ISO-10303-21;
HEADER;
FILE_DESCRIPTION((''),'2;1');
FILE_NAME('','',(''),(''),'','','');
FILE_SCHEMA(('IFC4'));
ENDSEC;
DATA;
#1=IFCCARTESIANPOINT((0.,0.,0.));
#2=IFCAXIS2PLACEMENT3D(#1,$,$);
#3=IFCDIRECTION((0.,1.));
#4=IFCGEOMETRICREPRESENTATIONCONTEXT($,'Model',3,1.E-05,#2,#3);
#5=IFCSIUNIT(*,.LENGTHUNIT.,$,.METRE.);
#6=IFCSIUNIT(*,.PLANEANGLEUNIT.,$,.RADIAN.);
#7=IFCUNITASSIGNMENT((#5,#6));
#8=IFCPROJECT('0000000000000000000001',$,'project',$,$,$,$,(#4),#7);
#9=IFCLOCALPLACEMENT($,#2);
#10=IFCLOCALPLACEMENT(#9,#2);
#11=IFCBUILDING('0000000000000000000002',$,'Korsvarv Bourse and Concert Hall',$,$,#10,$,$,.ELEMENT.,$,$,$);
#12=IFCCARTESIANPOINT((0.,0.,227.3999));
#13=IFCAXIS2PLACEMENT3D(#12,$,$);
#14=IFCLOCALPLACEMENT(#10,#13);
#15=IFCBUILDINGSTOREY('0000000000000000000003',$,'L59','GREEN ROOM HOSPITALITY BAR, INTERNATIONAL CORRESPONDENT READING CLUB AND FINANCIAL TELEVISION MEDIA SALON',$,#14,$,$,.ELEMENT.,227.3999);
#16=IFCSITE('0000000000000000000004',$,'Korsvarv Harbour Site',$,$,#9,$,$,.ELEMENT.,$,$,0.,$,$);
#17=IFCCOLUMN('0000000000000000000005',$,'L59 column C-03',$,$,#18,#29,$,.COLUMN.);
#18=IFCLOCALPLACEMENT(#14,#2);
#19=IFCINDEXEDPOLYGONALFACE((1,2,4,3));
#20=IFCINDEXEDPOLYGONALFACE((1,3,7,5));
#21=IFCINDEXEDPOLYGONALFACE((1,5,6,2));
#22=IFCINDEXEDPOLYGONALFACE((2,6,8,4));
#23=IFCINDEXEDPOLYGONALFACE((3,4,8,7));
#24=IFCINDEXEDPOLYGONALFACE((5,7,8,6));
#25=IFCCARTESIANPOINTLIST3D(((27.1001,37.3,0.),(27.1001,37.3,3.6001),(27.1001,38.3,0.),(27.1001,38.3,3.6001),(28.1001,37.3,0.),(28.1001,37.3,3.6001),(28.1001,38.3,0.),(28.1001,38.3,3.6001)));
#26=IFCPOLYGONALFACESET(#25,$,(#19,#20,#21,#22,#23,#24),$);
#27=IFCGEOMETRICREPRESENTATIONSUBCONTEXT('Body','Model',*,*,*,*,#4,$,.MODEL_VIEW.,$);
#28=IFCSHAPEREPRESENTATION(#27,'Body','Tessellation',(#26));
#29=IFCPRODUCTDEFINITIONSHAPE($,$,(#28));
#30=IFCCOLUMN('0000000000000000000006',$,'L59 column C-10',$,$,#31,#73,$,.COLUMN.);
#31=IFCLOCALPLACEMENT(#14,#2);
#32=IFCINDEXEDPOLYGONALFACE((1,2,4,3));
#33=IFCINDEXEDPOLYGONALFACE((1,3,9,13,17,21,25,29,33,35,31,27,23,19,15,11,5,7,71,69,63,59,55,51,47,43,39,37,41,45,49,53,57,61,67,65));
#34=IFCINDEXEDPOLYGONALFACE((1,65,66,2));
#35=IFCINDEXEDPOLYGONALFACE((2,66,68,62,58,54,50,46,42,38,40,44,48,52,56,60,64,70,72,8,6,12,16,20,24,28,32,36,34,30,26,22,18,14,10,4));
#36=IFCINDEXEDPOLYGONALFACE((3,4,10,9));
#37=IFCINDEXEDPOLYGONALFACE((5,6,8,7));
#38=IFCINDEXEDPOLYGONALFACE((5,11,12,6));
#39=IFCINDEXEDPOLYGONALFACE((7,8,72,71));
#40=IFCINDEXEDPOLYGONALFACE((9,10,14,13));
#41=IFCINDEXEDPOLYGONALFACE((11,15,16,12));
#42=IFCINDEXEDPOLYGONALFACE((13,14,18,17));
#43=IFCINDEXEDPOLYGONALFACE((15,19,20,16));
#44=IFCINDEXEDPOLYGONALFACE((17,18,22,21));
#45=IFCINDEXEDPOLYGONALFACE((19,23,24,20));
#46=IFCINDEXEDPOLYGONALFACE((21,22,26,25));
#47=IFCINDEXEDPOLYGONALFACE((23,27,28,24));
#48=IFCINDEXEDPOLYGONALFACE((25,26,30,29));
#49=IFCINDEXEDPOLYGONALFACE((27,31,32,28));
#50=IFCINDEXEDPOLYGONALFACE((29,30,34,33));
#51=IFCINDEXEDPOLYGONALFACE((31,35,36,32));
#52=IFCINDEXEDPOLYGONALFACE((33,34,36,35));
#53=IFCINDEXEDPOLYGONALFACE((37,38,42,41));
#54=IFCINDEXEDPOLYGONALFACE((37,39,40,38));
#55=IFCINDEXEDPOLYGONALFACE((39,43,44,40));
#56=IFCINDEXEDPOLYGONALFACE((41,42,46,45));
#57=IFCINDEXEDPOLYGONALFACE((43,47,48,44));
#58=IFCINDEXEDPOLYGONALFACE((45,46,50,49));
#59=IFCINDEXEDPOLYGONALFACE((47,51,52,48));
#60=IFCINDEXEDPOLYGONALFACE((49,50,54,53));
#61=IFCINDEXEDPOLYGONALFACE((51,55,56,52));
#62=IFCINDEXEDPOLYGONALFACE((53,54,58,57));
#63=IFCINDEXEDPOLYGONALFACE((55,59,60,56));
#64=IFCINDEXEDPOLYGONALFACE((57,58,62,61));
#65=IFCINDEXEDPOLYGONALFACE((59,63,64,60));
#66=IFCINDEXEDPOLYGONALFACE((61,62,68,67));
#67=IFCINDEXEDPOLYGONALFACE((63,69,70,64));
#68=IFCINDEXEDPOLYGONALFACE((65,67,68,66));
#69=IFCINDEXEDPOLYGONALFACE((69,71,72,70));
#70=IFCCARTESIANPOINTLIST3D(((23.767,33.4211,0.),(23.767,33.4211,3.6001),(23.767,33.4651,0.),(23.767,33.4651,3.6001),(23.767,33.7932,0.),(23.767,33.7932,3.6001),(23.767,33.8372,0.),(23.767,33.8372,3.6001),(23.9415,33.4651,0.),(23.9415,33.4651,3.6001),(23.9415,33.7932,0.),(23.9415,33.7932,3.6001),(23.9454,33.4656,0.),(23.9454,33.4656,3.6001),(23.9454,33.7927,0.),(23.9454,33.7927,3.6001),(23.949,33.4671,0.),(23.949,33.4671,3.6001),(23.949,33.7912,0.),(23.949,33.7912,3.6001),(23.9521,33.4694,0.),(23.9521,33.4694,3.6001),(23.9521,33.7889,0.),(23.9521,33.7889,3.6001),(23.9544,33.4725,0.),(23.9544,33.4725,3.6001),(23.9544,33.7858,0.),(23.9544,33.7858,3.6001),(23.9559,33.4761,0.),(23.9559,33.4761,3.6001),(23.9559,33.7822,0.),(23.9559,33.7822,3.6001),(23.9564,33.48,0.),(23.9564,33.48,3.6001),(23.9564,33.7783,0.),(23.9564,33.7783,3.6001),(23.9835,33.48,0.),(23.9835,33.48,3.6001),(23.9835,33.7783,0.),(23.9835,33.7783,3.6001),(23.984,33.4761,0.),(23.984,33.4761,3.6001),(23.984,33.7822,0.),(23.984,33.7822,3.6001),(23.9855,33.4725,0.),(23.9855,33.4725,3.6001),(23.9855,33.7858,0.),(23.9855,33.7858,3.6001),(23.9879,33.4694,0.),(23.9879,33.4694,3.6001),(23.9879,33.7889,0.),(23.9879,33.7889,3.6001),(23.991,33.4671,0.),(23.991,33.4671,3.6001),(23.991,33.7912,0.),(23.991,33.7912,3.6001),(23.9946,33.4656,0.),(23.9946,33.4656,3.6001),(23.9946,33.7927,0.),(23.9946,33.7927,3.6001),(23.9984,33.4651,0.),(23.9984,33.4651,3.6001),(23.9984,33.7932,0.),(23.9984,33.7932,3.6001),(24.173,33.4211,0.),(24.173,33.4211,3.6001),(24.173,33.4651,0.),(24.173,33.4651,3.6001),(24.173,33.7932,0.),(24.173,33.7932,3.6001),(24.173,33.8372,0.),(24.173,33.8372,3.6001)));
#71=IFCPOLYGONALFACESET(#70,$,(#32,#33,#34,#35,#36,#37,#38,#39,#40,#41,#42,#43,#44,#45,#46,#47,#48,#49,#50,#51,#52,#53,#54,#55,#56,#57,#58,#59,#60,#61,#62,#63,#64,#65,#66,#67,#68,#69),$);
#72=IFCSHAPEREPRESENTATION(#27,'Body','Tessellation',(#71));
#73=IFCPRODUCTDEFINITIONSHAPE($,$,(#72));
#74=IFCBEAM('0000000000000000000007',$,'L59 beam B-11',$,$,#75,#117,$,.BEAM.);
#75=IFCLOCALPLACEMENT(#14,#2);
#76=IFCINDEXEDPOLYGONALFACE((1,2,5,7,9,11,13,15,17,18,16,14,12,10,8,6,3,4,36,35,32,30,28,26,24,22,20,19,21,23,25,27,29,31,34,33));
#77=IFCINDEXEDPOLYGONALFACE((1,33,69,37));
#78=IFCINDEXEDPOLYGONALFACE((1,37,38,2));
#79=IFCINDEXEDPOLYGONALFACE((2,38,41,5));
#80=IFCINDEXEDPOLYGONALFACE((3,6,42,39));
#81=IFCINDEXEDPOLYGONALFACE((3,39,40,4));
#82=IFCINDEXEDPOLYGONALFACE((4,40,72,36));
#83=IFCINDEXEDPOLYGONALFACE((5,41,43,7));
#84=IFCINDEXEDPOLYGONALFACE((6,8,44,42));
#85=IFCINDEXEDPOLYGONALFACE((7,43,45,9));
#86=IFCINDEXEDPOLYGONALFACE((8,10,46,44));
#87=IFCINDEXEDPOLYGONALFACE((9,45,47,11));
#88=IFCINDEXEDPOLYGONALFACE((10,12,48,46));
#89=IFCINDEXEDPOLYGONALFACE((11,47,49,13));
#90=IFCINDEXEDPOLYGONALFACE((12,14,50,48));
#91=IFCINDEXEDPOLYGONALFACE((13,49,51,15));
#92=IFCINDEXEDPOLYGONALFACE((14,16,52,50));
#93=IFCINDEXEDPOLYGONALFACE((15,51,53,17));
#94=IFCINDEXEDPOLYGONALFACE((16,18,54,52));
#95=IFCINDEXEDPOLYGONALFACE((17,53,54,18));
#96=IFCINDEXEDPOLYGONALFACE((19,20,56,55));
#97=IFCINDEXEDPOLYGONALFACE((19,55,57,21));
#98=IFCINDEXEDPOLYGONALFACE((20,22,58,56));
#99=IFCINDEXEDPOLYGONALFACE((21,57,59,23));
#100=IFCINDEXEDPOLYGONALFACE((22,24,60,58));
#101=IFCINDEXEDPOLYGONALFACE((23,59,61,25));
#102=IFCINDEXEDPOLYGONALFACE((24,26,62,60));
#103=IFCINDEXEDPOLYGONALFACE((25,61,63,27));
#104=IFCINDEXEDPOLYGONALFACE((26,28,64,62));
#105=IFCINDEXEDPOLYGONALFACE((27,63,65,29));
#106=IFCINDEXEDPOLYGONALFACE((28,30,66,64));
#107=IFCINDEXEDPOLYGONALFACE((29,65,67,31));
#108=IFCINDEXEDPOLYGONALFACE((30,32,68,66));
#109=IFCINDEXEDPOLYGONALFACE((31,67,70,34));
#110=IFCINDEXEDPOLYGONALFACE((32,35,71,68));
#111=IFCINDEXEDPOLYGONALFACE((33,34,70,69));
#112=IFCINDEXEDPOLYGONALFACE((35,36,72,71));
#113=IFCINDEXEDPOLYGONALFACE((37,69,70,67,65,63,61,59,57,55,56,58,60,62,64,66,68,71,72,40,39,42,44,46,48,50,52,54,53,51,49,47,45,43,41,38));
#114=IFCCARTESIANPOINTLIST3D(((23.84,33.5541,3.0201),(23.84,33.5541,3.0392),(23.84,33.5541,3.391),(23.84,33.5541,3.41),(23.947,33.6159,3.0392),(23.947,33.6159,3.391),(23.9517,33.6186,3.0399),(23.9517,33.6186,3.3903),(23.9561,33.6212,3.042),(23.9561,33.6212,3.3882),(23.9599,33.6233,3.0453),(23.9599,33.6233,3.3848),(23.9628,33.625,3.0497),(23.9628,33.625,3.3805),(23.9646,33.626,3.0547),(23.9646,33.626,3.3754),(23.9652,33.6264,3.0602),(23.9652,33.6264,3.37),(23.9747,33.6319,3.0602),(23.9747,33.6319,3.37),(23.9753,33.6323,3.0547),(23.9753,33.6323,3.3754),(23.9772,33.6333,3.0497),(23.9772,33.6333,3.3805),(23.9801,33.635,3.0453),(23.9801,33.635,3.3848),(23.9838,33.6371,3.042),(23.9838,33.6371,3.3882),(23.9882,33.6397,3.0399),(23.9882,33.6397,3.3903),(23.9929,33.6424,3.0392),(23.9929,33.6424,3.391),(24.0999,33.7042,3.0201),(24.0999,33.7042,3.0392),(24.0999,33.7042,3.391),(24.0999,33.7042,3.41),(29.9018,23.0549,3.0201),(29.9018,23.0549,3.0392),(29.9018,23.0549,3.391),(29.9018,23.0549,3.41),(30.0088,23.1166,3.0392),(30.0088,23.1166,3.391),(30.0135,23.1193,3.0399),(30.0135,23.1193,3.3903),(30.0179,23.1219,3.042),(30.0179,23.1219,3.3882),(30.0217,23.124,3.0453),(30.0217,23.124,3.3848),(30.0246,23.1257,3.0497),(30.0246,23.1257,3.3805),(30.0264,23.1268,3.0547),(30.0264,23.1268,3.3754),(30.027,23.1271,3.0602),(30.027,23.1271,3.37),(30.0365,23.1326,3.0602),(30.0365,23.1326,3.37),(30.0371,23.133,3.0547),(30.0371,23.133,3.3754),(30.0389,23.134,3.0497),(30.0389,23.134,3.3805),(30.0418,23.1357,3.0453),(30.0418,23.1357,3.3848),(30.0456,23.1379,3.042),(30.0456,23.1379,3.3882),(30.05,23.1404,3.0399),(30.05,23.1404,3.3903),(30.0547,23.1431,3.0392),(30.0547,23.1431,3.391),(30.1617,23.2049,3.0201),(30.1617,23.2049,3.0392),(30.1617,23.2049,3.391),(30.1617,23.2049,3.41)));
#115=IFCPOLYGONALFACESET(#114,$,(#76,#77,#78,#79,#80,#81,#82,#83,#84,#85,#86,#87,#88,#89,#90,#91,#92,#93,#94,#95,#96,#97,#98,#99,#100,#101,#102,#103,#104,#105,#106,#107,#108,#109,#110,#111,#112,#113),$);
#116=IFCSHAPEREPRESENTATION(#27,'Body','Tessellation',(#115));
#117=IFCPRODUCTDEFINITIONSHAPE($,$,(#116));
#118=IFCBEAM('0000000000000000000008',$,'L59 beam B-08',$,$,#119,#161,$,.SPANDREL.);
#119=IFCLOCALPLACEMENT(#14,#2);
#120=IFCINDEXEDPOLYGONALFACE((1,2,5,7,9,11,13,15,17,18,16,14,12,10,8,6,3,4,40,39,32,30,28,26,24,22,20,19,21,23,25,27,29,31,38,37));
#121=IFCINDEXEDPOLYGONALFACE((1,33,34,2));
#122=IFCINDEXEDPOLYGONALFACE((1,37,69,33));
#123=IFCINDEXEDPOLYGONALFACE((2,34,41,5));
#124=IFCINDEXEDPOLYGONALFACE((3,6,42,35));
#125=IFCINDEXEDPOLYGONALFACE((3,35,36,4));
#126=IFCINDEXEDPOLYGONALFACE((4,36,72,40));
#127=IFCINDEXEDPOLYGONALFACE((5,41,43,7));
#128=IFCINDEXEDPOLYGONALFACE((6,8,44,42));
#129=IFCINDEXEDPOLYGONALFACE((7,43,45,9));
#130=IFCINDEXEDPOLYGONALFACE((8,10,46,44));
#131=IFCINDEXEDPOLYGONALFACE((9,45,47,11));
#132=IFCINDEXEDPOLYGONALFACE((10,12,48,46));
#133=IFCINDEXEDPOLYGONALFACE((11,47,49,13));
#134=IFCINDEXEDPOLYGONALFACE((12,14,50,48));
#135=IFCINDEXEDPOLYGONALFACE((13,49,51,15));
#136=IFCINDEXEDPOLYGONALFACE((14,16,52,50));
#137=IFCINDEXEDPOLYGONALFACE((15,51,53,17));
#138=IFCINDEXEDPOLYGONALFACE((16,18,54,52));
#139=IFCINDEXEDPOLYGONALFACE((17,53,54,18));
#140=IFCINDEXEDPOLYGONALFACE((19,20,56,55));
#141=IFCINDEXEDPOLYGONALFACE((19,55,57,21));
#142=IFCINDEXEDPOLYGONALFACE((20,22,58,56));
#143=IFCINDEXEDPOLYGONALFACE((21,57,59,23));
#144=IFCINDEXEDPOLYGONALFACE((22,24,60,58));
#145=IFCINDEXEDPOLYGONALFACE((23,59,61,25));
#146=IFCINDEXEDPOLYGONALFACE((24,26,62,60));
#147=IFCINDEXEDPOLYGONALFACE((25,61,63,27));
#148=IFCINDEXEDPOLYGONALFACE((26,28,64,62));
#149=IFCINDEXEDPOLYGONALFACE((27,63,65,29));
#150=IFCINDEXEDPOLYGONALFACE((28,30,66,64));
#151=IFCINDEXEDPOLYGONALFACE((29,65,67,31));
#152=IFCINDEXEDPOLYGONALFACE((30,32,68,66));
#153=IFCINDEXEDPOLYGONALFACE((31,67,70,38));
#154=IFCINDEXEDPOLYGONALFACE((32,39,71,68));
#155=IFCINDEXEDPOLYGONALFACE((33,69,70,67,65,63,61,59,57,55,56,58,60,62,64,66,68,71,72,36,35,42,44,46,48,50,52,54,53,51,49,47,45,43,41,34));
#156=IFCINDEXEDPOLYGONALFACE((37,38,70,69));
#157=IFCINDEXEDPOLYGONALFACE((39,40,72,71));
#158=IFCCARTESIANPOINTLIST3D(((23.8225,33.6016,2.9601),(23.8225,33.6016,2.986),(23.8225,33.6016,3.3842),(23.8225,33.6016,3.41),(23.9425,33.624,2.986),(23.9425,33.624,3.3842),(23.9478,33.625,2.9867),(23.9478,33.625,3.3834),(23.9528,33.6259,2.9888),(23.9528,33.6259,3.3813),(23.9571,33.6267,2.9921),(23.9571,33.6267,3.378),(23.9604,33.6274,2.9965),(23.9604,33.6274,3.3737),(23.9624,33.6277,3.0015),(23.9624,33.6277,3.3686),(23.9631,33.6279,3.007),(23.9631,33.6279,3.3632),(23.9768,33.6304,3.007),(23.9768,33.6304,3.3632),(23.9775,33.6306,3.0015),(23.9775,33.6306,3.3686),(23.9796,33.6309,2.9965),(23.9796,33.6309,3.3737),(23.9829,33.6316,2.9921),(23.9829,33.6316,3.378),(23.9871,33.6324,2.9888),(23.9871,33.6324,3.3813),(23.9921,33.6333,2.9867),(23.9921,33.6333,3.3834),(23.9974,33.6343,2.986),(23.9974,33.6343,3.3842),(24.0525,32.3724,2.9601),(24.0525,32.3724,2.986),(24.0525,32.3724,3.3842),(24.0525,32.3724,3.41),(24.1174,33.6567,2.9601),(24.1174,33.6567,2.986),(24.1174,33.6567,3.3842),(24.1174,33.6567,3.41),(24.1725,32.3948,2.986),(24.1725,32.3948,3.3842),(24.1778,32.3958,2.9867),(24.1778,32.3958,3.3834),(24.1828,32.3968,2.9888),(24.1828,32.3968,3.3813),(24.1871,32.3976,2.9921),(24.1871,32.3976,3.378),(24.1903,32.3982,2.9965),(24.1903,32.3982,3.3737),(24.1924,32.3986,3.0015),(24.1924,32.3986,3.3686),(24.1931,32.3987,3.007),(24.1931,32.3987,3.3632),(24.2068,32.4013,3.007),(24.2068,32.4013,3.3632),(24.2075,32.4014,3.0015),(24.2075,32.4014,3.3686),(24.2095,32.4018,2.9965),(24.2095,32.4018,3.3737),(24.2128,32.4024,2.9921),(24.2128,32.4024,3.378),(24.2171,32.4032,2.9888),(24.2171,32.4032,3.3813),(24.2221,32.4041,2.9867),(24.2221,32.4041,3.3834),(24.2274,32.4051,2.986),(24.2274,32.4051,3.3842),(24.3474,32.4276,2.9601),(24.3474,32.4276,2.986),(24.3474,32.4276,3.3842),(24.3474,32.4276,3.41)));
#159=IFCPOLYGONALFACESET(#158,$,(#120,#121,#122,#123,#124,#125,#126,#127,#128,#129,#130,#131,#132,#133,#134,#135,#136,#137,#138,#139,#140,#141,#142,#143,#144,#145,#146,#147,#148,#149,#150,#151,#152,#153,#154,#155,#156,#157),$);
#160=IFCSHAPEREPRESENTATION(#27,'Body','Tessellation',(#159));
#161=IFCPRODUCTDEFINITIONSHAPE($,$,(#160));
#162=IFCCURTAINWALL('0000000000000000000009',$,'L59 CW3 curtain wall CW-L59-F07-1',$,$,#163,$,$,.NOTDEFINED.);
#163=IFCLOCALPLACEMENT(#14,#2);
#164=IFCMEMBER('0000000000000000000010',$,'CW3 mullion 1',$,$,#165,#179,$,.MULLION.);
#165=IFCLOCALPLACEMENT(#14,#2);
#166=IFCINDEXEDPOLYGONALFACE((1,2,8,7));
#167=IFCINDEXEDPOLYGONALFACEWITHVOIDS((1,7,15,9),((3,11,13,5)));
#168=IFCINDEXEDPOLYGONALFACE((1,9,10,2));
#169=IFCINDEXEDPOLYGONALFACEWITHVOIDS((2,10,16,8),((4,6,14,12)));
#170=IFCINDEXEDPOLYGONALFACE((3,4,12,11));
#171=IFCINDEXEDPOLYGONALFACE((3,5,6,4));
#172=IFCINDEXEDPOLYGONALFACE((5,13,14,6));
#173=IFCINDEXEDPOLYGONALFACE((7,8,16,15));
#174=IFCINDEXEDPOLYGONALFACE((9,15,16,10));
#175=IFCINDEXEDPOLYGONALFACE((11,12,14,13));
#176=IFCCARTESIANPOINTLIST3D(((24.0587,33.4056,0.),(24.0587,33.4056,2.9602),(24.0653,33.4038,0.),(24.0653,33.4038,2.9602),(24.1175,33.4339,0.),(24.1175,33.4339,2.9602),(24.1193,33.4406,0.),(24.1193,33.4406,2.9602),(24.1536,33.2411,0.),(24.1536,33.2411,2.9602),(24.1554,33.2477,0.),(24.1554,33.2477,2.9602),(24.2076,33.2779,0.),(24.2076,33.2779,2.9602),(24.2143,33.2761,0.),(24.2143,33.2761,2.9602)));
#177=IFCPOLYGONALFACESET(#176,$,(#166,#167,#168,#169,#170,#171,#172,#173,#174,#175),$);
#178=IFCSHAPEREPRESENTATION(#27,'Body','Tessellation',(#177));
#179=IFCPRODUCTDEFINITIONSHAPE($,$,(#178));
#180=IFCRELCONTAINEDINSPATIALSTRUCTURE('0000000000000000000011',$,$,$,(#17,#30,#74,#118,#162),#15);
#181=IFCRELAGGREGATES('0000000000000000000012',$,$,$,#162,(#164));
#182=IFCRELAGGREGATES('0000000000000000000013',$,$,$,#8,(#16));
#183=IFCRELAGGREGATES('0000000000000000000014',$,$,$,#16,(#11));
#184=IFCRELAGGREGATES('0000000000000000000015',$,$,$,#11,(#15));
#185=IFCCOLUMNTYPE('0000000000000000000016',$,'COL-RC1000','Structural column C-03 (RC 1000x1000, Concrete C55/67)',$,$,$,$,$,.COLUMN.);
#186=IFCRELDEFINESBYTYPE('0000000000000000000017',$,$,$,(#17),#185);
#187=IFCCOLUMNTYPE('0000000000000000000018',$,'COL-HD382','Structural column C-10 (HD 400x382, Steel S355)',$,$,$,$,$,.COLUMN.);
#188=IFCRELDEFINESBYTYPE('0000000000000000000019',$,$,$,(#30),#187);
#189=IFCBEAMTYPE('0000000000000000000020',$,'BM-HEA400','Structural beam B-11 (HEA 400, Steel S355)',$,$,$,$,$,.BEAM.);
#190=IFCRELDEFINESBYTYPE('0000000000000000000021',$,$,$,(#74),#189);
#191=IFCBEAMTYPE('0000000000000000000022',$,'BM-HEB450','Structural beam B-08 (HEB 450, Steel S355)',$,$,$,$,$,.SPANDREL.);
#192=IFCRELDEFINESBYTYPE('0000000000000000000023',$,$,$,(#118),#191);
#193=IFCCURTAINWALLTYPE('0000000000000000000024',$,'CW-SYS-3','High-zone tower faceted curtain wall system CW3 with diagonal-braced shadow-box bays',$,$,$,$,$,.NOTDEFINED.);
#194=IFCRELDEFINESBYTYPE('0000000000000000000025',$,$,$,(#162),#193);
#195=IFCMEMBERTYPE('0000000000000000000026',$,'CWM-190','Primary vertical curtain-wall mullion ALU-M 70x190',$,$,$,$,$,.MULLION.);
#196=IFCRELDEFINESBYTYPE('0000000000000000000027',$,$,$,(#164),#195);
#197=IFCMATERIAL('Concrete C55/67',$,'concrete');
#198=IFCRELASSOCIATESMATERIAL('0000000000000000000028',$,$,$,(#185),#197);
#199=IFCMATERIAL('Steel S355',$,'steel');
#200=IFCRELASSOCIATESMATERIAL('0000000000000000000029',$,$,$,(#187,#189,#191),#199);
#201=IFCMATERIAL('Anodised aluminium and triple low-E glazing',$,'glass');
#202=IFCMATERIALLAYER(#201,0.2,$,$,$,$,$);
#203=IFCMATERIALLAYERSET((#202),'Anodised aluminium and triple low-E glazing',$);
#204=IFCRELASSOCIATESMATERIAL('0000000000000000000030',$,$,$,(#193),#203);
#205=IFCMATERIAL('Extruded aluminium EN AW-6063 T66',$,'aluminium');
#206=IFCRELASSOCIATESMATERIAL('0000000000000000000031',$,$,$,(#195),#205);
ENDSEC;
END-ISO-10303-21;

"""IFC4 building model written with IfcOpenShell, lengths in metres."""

from ifc_helpers import new_model, si_unit, direction, frame, origin, origin_2d, place, context, subcontext, project, spatial, rectangle, hollow_rectangle, i_section, extrude, source, transform, mapped, material, layer, layer_set, material_profile, profile_set, type_object, element, aggregate, save


model = new_model("IFC4")

# Units and contexts
model_context = context("Model", 3, precision=1e-05, world=origin(), true_north=direction((0.0, 1.0)))
body_context = subcontext(model_context, "Body", "Model", "MODEL_VIEW")
ifc_project = project(units=[si_unit("LENGTHUNIT", "METRE"), si_unit("PLANEANGLEUNIT", "RADIAN")], contexts=[model_context])

# Site, building, storey
site_placement = place(None, origin())
site = spatial("IfcSite", under=ifc_project, at=site_placement, Name="Korsvarv Harbour Site", CompositionType="ELEMENT", RefElevation=0.0)
building_placement = place(site_placement, origin())
building = spatial("IfcBuilding", under=site, at=building_placement, Name="Korsvarv Bourse and Concert Hall", CompositionType="ELEMENT")
storey_placement = place(building_placement, frame((0.0, 0.0, 227.3999)))
storey = spatial("IfcBuildingStorey", under=building, at=storey_placement, Name="L59", Description="GREEN ROOM HOSPITALITY BAR, INTERNATIONAL CORRESPONDENT READING CLUB AND FINANCIAL TELEVISION MEDIA SALON", CompositionType="ELEMENT", Elevation=227.3999)

# Columns
ifc_material_1 = material(Name="Concrete C55/67", Category="concrete")
ifc_material_profile_1 = material_profile(ifc_material_1, rectangle(XDim=1.0, YDim=1.0, at=origin_2d()), Name="RC 1000x1000")
ifc_profile_set_1 = profile_set([ifc_material_profile_1], Name="Concrete C55/67")
column_type_1 = type_object("IfcColumnType", Name="COL-RC1000", Description="Structural column C-03 (RC 1000x1000, Concrete C55/67)", PredefinedType="COLUMN", material=ifc_profile_set_1)
shared_shape_1 = source(origin(), body_context, "Body", "SweptSolid", [
    extrude(rectangle(XDim=1.0, YDim=1.0, at=origin_2d()), origin(), (0.0, 0.0, 1.0), 3.6001),
])
column_1_placement = place(storey_placement, frame((27.6001, 37.8, 0.0), z_axis=(0.0, 0.0, 1.0), x_axis=(1.0, 0.0, 0.0)))
element("IfcColumn", 1, at=column_1_placement, inside=storey, type_object=column_type_1, Name="L59 column C-03", PredefinedType="COLUMN", context=body_context, shape_type="MappedRepresentation", body=[
    mapped(shared_shape_1, transform((0.0, 0.0, 0.0), scale=1.0)),
])
ifc_material_2 = material(Name="Steel S355", Category="steel")
ifc_material_profile_2 = material_profile(ifc_material_2, i_section(OverallWidth=0.406, OverallDepth=0.416, WebThickness=0.0271, FlangeThickness=0.0439, FilletRadius=0.0149, at=origin_2d()), Name="HD 400x382")
ifc_profile_set_2 = profile_set([ifc_material_profile_2], Name="Steel S355")
column_type_2 = type_object("IfcColumnType", Name="COL-HD382", Description="Structural column C-10 (HD 400x382, Steel S355)", PredefinedType="COLUMN", material=ifc_profile_set_2)
shared_shape_2 = source(origin(), body_context, "Body", "SweptSolid", [
    extrude(i_section(OverallWidth=0.406, OverallDepth=0.416, WebThickness=0.0271, FlangeThickness=0.0439, FilletRadius=0.0149, at=origin_2d()), origin(), (0.0, 0.0, 1.0), 3.6001),
])
column_2_placement = place(storey_placement, frame((23.97, 33.6292, 0.0), z_axis=(0.0, 0.0, 1.0), x_axis=(1.0, 0.0, 0.0)))
element("IfcColumn", 2, at=column_2_placement, inside=storey, type_object=column_type_2, Name="L59 column C-10", PredefinedType="COLUMN", context=body_context, shape_type="MappedRepresentation", body=[
    mapped(shared_shape_2, transform((0.0, 0.0, 0.0), scale=1.0)),
])

# Beams
ifc_material_profile_3 = material_profile(ifc_material_2, i_section(OverallWidth=0.3, OverallDepth=0.3899, WebThickness=0.011, FlangeThickness=0.019, FilletRadius=0.021, at=origin_2d()), Name="HEA 400")
ifc_profile_set_3 = profile_set([ifc_material_profile_3], Name="Steel S355")
beam_type_1 = type_object("IfcBeamType", Name="BM-HEA400", Description="Structural beam B-11 (HEA 400, Steel S355)", PredefinedType="BEAM", material=ifc_profile_set_3)
shared_shape_3 = source(origin(), body_context, "Body", "SweptSolid", [
    extrude(i_section(OverallWidth=0.3, OverallDepth=0.3899, WebThickness=0.011, FlangeThickness=0.019, FilletRadius=0.021, at=origin_2d()), origin(), (0.0, 0.0, 1.0), 12.1235),
])
beam_1_placement = place(storey_placement, frame((23.97, 33.6292, 3.2151), z_axis=(0.500001, -0.866025, 0.0), x_axis=(0.866025, 0.500001, 0.0)))
element("IfcBeam", 3, at=beam_1_placement, inside=storey, type_object=beam_type_1, Name="L59 beam B-11", PredefinedType="BEAM", context=body_context, shape_type="MappedRepresentation", body=[
    mapped(shared_shape_3, transform((0.0, 0.0, 0.0), scale=1.0)),
])
ifc_material_profile_4 = material_profile(ifc_material_2, i_section(OverallWidth=0.3, OverallDepth=0.45, WebThickness=0.0139, FlangeThickness=0.0259, FilletRadius=0.021, at=origin_2d()), Name="HEB 450")
ifc_profile_set_4 = profile_set([ifc_material_profile_4], Name="Steel S355")
beam_type_2 = type_object("IfcBeamType", Name="BM-HEB450", Description="Structural beam B-08 (HEB 450, Steel S355)", PredefinedType="SPANDREL", material=ifc_profile_set_4)
shared_shape_4 = source(origin(), body_context, "Body", "SweptSolid", [
    extrude(i_section(OverallWidth=0.3, OverallDepth=0.45, WebThickness=0.0139, FlangeThickness=0.0259, FilletRadius=0.021, at=origin_2d()), origin(), (0.0, 0.0, 1.0), 1.2505),
])
beam_2_placement = place(storey_placement, frame((23.97, 33.6292, 3.1851), z_axis=(0.1839, -0.982945, 0.0), x_axis=(0.982945, 0.1839, 0.0)))
element("IfcBeam", 4, at=beam_2_placement, inside=storey, type_object=beam_type_2, Name="L59 beam B-08", PredefinedType="SPANDREL", context=body_context, shape_type="MappedRepresentation", body=[
    mapped(shared_shape_4, transform((0.0, 0.0, 0.0), scale=1.0)),
])

# Curtain wall, member
ifc_material_3 = material(Name="Anodised aluminium and triple low-E glazing", Category="glass")
ifc_layer_1 = layer(ifc_material_3, 0.2)
ifc_layer_set_1 = layer_set([ifc_layer_1], Name="Anodised aluminium and triple low-E glazing")
curtain_wall_type = type_object("IfcCurtainWallType", Name="CW-SYS-3", Description="High-zone tower faceted curtain wall system CW3 with diagonal-braced shadow-box bays", PredefinedType="NOTDEFINED", material=ifc_layer_set_1)
curtain_wall_placement = place(storey_placement, origin())
curtain_wall = element("IfcCurtainWall", 5, at=curtain_wall_placement, inside=storey, type_object=curtain_wall_type, Name="L59 CW3 curtain wall CW-L59-F07-1", PredefinedType="NOTDEFINED")
ifc_material_4 = material(Name="Extruded aluminium EN AW-6063 T66", Category="aluminium")
ifc_material_profile_5 = material_profile(ifc_material_4, hollow_rectangle(XDim=0.0701, YDim=0.1899, WallThickness=0.0049, at=origin_2d()), Name="ALU-M 70x190")
ifc_profile_set_5 = profile_set([ifc_material_profile_5], Name="Extruded aluminium EN AW-6063 T66")
member_type_1 = type_object("IfcMemberType", Name="CWM-190", Description="Primary vertical curtain-wall mullion ALU-M 70x190", PredefinedType="MULLION", material=ifc_profile_set_5)
shared_shape_5 = source(origin(), body_context, "Body", "SweptSolid", [
    extrude(hollow_rectangle(XDim=0.0701, YDim=0.1899, WallThickness=0.0049, at=origin_2d()), origin(), (0.0, 0.0, 1.0), 2.9602),
])
member_1_placement = place(storey_placement, frame((24.1365, 33.3408, 0.0), z_axis=(0.0, 0.0, 1.0), x_axis=(0.866045, 0.499966, 0.0)))
member_1 = element("IfcMember", 6, at=member_1_placement, type_object=member_type_1, Name="CW3 mullion 1", PredefinedType="MULLION", context=body_context, shape_type="MappedRepresentation", body=[
    mapped(shared_shape_5, transform((0.0, 0.0, 0.0), scale=1.0)),
])
aggregate(curtain_wall, [member_1])

save(model, "model.ifc")
